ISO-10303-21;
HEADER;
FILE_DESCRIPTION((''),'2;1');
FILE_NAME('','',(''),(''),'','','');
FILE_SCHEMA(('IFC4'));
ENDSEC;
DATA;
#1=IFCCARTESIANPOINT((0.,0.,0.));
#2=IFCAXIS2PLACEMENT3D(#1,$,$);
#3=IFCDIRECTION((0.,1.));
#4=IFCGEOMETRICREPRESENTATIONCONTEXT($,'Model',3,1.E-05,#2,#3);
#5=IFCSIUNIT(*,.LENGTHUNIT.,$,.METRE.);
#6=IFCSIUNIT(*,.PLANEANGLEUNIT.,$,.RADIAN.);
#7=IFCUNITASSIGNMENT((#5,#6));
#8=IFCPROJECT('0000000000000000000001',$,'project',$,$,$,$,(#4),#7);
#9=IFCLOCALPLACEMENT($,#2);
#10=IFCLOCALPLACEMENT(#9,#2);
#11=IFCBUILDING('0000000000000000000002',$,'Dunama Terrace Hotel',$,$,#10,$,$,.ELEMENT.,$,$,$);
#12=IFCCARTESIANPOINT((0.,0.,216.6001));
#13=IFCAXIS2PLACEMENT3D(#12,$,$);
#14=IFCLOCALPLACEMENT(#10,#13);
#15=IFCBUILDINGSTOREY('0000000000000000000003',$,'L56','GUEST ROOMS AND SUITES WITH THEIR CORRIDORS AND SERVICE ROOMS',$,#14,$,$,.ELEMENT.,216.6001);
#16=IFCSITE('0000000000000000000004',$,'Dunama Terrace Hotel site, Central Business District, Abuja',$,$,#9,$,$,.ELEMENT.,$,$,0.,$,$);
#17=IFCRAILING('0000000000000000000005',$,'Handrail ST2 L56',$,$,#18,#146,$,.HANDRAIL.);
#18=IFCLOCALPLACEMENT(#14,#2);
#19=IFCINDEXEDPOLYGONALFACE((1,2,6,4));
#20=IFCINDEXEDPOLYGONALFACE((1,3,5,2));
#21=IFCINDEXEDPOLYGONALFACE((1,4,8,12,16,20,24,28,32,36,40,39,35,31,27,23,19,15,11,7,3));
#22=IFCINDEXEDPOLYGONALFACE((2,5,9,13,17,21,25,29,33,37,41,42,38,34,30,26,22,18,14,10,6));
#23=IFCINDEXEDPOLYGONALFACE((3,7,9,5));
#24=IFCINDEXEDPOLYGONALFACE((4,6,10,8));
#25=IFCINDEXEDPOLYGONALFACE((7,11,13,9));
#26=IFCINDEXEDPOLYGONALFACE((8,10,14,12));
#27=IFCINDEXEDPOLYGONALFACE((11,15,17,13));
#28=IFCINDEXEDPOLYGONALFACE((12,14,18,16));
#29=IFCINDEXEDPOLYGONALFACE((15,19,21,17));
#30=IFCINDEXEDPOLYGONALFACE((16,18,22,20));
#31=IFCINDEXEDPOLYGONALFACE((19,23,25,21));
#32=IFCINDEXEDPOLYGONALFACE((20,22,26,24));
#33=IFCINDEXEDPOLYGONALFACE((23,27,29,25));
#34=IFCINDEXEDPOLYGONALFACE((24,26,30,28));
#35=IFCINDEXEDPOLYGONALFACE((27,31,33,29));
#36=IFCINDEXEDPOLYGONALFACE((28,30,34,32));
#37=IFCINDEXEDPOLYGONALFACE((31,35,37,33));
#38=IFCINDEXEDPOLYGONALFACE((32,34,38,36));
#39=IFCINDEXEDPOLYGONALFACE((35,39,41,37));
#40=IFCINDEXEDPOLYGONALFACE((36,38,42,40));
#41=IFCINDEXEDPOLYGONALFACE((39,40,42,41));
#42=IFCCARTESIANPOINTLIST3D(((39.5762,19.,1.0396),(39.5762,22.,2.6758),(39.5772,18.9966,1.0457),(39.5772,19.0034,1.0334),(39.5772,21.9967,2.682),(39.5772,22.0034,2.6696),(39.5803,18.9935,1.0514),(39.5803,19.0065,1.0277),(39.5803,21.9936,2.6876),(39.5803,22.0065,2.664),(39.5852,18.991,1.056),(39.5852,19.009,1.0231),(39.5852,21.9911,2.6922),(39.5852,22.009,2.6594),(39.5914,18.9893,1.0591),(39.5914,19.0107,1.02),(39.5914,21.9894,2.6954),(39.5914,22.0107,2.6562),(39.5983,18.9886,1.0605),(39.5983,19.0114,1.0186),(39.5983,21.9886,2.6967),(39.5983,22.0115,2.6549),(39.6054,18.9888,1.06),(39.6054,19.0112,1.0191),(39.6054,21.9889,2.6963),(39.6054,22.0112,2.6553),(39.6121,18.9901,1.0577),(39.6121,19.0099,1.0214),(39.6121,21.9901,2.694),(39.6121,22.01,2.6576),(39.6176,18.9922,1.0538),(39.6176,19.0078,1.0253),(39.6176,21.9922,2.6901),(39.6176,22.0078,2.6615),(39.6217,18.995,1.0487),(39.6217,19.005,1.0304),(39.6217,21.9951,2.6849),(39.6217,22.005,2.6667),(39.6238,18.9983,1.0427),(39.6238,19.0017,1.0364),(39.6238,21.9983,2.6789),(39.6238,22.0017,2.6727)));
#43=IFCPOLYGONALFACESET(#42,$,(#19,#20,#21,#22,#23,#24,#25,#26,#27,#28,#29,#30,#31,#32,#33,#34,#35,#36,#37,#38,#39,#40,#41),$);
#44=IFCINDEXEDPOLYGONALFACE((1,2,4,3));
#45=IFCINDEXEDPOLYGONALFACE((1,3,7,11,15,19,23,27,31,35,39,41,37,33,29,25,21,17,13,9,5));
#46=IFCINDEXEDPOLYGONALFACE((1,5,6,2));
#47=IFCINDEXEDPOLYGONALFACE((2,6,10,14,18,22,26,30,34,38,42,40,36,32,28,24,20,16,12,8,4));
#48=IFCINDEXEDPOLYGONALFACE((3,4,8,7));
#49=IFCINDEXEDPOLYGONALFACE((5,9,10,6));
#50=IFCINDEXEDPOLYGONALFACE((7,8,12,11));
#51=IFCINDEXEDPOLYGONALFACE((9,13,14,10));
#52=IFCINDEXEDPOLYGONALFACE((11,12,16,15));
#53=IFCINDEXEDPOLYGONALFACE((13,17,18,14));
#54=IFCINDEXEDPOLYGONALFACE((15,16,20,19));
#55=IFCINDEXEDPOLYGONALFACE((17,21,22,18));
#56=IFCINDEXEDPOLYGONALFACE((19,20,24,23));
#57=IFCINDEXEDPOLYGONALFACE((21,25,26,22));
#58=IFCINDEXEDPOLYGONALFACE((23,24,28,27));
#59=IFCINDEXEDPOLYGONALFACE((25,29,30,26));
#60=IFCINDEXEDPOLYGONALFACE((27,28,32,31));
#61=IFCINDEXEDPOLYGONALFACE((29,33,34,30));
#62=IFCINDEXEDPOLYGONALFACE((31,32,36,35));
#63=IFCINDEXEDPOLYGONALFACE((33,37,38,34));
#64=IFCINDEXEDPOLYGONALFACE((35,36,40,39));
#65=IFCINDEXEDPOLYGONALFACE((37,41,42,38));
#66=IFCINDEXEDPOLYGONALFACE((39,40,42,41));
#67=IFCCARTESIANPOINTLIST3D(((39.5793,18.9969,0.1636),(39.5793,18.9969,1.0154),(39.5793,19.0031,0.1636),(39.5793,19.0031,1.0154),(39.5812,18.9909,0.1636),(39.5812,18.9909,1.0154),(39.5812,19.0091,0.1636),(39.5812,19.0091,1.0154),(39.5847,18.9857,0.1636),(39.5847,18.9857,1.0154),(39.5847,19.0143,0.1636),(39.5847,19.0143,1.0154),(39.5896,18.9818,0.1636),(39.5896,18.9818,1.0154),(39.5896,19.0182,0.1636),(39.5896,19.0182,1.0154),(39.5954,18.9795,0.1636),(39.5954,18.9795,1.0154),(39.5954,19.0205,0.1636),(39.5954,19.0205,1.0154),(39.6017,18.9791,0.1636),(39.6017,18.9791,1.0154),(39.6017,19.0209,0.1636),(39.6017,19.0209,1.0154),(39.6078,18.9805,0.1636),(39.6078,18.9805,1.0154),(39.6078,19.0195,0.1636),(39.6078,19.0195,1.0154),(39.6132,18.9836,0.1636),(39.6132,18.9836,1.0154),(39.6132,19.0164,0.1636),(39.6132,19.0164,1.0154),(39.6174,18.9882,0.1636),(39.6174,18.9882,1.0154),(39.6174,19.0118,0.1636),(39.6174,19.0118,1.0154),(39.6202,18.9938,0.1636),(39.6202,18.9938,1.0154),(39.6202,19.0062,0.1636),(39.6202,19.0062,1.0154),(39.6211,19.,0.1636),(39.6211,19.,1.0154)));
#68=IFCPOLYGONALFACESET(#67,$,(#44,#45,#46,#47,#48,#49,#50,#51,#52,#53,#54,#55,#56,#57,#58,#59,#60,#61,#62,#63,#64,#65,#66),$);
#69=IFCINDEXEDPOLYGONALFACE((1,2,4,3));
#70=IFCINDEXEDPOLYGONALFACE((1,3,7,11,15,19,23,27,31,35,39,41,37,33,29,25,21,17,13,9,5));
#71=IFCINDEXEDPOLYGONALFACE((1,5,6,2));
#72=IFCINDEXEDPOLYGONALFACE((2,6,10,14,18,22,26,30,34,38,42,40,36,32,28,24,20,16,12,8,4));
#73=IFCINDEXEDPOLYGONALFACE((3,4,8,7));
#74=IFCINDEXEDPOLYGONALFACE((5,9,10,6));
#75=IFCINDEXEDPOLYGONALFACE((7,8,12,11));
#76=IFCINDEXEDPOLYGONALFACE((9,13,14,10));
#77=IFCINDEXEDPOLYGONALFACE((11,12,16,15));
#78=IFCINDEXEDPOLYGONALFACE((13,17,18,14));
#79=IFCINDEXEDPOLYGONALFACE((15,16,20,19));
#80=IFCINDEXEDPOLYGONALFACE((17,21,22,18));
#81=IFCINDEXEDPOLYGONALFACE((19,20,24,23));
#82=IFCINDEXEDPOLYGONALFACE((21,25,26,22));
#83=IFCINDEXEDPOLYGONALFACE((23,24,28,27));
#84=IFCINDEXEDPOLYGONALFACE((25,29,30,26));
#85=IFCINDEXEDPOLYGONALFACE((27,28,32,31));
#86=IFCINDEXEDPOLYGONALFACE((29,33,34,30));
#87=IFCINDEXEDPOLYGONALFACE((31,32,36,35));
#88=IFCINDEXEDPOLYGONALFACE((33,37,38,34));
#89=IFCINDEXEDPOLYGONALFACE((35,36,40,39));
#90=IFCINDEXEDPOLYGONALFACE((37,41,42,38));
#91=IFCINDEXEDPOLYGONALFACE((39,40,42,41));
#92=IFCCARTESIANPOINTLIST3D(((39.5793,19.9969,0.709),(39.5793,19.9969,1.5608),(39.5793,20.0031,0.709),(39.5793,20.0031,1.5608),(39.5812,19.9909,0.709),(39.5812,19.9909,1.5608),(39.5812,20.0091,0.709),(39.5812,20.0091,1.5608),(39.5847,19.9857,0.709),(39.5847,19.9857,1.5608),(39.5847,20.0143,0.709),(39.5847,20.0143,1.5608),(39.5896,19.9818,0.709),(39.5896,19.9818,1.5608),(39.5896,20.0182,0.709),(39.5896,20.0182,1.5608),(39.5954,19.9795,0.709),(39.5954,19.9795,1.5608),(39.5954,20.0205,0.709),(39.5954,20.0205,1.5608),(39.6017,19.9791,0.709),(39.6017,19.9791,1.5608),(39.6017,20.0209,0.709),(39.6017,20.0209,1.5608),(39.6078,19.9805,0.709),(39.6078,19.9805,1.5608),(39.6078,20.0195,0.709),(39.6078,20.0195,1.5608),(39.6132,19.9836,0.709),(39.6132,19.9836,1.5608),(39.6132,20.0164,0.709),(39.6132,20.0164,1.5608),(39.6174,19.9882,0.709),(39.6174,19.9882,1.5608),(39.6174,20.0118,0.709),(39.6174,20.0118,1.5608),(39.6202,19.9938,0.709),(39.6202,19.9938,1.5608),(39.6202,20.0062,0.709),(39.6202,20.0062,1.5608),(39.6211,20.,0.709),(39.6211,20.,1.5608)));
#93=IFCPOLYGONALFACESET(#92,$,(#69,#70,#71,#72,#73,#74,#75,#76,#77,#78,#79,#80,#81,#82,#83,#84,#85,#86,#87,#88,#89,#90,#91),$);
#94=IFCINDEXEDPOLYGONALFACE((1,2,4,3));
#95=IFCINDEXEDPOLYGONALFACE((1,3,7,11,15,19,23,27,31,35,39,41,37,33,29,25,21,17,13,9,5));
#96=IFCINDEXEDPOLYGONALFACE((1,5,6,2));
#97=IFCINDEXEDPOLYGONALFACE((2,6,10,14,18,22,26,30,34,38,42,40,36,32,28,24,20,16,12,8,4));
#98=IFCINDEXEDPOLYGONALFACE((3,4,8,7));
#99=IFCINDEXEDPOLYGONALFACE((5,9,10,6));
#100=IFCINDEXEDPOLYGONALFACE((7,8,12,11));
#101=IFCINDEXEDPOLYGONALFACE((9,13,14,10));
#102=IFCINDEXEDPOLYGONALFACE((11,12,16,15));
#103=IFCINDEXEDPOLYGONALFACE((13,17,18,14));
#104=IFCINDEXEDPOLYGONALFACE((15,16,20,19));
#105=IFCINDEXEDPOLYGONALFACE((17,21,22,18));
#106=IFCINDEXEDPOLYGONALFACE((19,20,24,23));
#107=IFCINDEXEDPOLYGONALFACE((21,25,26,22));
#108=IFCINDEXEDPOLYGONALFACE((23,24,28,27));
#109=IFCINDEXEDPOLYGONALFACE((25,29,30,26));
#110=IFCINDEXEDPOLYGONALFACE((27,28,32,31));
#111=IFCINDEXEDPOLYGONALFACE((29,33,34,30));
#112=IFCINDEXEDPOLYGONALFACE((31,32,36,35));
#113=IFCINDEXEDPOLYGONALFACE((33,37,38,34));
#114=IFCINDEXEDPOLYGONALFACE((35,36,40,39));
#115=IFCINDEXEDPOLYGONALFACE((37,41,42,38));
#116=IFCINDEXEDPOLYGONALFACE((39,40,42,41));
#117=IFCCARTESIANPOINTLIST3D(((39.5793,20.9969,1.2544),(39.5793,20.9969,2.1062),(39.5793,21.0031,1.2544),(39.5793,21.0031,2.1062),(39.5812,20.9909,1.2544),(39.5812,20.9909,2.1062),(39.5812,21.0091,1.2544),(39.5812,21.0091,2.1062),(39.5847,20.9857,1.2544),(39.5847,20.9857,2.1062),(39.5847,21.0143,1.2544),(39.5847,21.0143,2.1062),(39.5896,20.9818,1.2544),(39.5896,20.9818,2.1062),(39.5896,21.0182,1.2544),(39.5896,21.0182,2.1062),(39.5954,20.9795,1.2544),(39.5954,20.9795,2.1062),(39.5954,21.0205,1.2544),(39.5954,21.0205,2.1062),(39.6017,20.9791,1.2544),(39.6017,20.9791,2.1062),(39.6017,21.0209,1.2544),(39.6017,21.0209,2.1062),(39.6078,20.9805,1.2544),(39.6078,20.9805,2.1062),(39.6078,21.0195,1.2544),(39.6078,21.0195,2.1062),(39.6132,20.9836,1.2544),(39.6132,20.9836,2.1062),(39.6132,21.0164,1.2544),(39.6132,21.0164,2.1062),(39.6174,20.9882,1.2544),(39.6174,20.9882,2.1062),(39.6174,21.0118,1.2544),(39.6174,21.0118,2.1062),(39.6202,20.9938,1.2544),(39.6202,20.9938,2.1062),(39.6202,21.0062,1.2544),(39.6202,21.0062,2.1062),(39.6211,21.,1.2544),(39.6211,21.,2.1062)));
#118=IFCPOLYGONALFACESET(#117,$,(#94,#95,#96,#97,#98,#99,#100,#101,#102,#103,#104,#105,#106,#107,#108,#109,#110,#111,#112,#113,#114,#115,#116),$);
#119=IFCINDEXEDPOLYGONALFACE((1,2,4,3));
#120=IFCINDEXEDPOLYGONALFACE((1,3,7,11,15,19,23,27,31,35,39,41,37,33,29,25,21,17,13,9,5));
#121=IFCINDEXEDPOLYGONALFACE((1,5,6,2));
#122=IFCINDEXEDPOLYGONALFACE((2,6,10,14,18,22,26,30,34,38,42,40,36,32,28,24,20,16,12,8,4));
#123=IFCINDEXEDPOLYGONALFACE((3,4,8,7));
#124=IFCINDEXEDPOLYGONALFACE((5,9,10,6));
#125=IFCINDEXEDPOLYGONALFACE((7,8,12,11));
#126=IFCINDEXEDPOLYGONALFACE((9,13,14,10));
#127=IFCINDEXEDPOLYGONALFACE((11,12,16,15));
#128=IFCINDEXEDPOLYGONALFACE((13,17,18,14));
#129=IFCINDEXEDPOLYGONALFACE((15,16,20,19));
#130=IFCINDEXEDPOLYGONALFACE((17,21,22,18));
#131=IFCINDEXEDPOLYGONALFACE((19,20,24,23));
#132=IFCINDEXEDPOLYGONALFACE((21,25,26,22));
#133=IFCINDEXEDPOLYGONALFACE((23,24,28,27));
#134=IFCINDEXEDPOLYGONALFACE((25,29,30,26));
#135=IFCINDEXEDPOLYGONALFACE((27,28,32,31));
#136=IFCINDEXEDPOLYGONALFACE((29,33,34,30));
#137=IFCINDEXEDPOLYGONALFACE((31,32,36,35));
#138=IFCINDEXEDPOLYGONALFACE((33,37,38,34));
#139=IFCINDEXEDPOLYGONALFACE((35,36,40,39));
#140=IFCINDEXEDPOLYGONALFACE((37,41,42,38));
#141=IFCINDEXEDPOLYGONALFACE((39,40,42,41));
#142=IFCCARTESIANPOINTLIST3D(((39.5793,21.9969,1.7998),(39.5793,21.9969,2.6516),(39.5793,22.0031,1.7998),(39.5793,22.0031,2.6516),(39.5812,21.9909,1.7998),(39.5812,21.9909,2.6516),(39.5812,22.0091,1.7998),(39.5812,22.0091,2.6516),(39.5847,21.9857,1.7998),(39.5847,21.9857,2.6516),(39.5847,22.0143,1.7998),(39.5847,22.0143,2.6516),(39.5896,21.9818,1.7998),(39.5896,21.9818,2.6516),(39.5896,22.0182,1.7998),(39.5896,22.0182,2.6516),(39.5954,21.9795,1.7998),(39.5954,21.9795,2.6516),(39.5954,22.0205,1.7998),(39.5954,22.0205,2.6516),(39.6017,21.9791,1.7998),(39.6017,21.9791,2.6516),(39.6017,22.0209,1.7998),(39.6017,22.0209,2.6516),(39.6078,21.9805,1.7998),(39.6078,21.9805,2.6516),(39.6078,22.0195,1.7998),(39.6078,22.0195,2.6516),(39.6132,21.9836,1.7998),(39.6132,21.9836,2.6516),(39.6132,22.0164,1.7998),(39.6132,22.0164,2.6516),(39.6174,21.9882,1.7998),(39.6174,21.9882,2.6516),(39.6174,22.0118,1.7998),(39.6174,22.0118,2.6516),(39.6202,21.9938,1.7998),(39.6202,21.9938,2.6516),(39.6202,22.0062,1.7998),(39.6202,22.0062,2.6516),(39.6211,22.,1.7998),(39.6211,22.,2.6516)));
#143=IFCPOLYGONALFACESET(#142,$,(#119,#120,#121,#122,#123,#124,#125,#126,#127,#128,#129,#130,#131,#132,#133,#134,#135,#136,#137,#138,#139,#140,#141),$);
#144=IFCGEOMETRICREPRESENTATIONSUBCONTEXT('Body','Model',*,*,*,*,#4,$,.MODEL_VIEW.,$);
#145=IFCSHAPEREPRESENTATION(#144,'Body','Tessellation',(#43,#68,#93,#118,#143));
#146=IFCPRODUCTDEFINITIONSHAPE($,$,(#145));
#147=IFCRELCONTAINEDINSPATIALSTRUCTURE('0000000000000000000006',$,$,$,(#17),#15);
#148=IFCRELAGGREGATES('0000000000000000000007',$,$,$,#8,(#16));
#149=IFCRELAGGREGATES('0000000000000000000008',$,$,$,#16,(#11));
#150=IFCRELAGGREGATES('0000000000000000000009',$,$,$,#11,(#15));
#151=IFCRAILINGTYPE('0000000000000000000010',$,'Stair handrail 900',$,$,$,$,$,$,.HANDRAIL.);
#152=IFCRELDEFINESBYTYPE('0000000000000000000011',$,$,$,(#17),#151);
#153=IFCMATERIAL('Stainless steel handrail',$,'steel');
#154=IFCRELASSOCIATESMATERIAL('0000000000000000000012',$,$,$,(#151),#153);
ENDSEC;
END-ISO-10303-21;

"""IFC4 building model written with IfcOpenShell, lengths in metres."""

from ifc_helpers import new_model, si_unit, direction, frame, origin, origin_2d, place, context, subcontext, project, spatial, circle, extrude, material, type_object, element, save


model = new_model("IFC4")

# Units and contexts
model_context = context("Model", 3, precision=1e-05, world=origin(), true_north=direction((0.0, 1.0)))
body_context = subcontext(model_context, "Body", "Model", "MODEL_VIEW")
ifc_project = project(units=[si_unit("LENGTHUNIT", "METRE"), si_unit("PLANEANGLEUNIT", "RADIAN")], contexts=[model_context])

# Site, building, storey
site_placement = place(None, origin())
site = spatial("IfcSite", under=ifc_project, at=site_placement, Name="Dunama Terrace Hotel site, Central Business District, Abuja", CompositionType="ELEMENT", RefElevation=0.0)
building_placement = place(site_placement, origin())
building = spatial("IfcBuilding", under=site, at=building_placement, Name="Dunama Terrace Hotel", CompositionType="ELEMENT")
storey_placement = place(building_placement, frame((0.0, 0.0, 216.6001)))
storey = spatial("IfcBuildingStorey", under=building, at=storey_placement, Name="L56", Description="GUEST ROOMS AND SUITES WITH THEIR CORRIDORS AND SERVICE ROOMS", CompositionType="ELEMENT", Elevation=216.6001)

# Railing
ifc_material_1 = material(Name="Stainless steel handrail", Category="steel")
railing_type = type_object("IfcRailingType", Name="Stair handrail 900", PredefinedType="HANDRAIL", material=ifc_material_1)
railing_1_placement = place(storey_placement, frame((39.6001, 19.0, 0.1636)))
element("IfcRailing", 1, at=railing_1_placement, inside=storey, type_object=railing_type, Name="Handrail ST2 L56", PredefinedType="HANDRAIL", context=body_context, shape_type="SweptSolid", body=[
    extrude(circle(Radius=0.0239, at=origin_2d()), frame((0.0, 0.0, 0.876), z_axis=(0.0, 0.877912, 0.478822), x_axis=(-1.0, 0.0, 0.0)), (0.0, 0.0, 1.0), 3.4172),
    extrude(circle(Radius=0.021, at=origin_2d()), origin(), (0.0, 0.0, 1.0), 0.8518),
    extrude(circle(Radius=0.021, at=origin_2d()), frame((0.0, 1.0, 0.5454)), (0.0, 0.0, 1.0), 0.8518),
    extrude(circle(Radius=0.021, at=origin_2d()), frame((0.0, 2.0, 1.0908)), (0.0, 0.0, 1.0), 0.8518),
    extrude(circle(Radius=0.021, at=origin_2d()), frame((0.0, 3.0, 1.6362)), (0.0, 0.0, 1.0), 0.8518),
])

save(model, "model.ifc")
